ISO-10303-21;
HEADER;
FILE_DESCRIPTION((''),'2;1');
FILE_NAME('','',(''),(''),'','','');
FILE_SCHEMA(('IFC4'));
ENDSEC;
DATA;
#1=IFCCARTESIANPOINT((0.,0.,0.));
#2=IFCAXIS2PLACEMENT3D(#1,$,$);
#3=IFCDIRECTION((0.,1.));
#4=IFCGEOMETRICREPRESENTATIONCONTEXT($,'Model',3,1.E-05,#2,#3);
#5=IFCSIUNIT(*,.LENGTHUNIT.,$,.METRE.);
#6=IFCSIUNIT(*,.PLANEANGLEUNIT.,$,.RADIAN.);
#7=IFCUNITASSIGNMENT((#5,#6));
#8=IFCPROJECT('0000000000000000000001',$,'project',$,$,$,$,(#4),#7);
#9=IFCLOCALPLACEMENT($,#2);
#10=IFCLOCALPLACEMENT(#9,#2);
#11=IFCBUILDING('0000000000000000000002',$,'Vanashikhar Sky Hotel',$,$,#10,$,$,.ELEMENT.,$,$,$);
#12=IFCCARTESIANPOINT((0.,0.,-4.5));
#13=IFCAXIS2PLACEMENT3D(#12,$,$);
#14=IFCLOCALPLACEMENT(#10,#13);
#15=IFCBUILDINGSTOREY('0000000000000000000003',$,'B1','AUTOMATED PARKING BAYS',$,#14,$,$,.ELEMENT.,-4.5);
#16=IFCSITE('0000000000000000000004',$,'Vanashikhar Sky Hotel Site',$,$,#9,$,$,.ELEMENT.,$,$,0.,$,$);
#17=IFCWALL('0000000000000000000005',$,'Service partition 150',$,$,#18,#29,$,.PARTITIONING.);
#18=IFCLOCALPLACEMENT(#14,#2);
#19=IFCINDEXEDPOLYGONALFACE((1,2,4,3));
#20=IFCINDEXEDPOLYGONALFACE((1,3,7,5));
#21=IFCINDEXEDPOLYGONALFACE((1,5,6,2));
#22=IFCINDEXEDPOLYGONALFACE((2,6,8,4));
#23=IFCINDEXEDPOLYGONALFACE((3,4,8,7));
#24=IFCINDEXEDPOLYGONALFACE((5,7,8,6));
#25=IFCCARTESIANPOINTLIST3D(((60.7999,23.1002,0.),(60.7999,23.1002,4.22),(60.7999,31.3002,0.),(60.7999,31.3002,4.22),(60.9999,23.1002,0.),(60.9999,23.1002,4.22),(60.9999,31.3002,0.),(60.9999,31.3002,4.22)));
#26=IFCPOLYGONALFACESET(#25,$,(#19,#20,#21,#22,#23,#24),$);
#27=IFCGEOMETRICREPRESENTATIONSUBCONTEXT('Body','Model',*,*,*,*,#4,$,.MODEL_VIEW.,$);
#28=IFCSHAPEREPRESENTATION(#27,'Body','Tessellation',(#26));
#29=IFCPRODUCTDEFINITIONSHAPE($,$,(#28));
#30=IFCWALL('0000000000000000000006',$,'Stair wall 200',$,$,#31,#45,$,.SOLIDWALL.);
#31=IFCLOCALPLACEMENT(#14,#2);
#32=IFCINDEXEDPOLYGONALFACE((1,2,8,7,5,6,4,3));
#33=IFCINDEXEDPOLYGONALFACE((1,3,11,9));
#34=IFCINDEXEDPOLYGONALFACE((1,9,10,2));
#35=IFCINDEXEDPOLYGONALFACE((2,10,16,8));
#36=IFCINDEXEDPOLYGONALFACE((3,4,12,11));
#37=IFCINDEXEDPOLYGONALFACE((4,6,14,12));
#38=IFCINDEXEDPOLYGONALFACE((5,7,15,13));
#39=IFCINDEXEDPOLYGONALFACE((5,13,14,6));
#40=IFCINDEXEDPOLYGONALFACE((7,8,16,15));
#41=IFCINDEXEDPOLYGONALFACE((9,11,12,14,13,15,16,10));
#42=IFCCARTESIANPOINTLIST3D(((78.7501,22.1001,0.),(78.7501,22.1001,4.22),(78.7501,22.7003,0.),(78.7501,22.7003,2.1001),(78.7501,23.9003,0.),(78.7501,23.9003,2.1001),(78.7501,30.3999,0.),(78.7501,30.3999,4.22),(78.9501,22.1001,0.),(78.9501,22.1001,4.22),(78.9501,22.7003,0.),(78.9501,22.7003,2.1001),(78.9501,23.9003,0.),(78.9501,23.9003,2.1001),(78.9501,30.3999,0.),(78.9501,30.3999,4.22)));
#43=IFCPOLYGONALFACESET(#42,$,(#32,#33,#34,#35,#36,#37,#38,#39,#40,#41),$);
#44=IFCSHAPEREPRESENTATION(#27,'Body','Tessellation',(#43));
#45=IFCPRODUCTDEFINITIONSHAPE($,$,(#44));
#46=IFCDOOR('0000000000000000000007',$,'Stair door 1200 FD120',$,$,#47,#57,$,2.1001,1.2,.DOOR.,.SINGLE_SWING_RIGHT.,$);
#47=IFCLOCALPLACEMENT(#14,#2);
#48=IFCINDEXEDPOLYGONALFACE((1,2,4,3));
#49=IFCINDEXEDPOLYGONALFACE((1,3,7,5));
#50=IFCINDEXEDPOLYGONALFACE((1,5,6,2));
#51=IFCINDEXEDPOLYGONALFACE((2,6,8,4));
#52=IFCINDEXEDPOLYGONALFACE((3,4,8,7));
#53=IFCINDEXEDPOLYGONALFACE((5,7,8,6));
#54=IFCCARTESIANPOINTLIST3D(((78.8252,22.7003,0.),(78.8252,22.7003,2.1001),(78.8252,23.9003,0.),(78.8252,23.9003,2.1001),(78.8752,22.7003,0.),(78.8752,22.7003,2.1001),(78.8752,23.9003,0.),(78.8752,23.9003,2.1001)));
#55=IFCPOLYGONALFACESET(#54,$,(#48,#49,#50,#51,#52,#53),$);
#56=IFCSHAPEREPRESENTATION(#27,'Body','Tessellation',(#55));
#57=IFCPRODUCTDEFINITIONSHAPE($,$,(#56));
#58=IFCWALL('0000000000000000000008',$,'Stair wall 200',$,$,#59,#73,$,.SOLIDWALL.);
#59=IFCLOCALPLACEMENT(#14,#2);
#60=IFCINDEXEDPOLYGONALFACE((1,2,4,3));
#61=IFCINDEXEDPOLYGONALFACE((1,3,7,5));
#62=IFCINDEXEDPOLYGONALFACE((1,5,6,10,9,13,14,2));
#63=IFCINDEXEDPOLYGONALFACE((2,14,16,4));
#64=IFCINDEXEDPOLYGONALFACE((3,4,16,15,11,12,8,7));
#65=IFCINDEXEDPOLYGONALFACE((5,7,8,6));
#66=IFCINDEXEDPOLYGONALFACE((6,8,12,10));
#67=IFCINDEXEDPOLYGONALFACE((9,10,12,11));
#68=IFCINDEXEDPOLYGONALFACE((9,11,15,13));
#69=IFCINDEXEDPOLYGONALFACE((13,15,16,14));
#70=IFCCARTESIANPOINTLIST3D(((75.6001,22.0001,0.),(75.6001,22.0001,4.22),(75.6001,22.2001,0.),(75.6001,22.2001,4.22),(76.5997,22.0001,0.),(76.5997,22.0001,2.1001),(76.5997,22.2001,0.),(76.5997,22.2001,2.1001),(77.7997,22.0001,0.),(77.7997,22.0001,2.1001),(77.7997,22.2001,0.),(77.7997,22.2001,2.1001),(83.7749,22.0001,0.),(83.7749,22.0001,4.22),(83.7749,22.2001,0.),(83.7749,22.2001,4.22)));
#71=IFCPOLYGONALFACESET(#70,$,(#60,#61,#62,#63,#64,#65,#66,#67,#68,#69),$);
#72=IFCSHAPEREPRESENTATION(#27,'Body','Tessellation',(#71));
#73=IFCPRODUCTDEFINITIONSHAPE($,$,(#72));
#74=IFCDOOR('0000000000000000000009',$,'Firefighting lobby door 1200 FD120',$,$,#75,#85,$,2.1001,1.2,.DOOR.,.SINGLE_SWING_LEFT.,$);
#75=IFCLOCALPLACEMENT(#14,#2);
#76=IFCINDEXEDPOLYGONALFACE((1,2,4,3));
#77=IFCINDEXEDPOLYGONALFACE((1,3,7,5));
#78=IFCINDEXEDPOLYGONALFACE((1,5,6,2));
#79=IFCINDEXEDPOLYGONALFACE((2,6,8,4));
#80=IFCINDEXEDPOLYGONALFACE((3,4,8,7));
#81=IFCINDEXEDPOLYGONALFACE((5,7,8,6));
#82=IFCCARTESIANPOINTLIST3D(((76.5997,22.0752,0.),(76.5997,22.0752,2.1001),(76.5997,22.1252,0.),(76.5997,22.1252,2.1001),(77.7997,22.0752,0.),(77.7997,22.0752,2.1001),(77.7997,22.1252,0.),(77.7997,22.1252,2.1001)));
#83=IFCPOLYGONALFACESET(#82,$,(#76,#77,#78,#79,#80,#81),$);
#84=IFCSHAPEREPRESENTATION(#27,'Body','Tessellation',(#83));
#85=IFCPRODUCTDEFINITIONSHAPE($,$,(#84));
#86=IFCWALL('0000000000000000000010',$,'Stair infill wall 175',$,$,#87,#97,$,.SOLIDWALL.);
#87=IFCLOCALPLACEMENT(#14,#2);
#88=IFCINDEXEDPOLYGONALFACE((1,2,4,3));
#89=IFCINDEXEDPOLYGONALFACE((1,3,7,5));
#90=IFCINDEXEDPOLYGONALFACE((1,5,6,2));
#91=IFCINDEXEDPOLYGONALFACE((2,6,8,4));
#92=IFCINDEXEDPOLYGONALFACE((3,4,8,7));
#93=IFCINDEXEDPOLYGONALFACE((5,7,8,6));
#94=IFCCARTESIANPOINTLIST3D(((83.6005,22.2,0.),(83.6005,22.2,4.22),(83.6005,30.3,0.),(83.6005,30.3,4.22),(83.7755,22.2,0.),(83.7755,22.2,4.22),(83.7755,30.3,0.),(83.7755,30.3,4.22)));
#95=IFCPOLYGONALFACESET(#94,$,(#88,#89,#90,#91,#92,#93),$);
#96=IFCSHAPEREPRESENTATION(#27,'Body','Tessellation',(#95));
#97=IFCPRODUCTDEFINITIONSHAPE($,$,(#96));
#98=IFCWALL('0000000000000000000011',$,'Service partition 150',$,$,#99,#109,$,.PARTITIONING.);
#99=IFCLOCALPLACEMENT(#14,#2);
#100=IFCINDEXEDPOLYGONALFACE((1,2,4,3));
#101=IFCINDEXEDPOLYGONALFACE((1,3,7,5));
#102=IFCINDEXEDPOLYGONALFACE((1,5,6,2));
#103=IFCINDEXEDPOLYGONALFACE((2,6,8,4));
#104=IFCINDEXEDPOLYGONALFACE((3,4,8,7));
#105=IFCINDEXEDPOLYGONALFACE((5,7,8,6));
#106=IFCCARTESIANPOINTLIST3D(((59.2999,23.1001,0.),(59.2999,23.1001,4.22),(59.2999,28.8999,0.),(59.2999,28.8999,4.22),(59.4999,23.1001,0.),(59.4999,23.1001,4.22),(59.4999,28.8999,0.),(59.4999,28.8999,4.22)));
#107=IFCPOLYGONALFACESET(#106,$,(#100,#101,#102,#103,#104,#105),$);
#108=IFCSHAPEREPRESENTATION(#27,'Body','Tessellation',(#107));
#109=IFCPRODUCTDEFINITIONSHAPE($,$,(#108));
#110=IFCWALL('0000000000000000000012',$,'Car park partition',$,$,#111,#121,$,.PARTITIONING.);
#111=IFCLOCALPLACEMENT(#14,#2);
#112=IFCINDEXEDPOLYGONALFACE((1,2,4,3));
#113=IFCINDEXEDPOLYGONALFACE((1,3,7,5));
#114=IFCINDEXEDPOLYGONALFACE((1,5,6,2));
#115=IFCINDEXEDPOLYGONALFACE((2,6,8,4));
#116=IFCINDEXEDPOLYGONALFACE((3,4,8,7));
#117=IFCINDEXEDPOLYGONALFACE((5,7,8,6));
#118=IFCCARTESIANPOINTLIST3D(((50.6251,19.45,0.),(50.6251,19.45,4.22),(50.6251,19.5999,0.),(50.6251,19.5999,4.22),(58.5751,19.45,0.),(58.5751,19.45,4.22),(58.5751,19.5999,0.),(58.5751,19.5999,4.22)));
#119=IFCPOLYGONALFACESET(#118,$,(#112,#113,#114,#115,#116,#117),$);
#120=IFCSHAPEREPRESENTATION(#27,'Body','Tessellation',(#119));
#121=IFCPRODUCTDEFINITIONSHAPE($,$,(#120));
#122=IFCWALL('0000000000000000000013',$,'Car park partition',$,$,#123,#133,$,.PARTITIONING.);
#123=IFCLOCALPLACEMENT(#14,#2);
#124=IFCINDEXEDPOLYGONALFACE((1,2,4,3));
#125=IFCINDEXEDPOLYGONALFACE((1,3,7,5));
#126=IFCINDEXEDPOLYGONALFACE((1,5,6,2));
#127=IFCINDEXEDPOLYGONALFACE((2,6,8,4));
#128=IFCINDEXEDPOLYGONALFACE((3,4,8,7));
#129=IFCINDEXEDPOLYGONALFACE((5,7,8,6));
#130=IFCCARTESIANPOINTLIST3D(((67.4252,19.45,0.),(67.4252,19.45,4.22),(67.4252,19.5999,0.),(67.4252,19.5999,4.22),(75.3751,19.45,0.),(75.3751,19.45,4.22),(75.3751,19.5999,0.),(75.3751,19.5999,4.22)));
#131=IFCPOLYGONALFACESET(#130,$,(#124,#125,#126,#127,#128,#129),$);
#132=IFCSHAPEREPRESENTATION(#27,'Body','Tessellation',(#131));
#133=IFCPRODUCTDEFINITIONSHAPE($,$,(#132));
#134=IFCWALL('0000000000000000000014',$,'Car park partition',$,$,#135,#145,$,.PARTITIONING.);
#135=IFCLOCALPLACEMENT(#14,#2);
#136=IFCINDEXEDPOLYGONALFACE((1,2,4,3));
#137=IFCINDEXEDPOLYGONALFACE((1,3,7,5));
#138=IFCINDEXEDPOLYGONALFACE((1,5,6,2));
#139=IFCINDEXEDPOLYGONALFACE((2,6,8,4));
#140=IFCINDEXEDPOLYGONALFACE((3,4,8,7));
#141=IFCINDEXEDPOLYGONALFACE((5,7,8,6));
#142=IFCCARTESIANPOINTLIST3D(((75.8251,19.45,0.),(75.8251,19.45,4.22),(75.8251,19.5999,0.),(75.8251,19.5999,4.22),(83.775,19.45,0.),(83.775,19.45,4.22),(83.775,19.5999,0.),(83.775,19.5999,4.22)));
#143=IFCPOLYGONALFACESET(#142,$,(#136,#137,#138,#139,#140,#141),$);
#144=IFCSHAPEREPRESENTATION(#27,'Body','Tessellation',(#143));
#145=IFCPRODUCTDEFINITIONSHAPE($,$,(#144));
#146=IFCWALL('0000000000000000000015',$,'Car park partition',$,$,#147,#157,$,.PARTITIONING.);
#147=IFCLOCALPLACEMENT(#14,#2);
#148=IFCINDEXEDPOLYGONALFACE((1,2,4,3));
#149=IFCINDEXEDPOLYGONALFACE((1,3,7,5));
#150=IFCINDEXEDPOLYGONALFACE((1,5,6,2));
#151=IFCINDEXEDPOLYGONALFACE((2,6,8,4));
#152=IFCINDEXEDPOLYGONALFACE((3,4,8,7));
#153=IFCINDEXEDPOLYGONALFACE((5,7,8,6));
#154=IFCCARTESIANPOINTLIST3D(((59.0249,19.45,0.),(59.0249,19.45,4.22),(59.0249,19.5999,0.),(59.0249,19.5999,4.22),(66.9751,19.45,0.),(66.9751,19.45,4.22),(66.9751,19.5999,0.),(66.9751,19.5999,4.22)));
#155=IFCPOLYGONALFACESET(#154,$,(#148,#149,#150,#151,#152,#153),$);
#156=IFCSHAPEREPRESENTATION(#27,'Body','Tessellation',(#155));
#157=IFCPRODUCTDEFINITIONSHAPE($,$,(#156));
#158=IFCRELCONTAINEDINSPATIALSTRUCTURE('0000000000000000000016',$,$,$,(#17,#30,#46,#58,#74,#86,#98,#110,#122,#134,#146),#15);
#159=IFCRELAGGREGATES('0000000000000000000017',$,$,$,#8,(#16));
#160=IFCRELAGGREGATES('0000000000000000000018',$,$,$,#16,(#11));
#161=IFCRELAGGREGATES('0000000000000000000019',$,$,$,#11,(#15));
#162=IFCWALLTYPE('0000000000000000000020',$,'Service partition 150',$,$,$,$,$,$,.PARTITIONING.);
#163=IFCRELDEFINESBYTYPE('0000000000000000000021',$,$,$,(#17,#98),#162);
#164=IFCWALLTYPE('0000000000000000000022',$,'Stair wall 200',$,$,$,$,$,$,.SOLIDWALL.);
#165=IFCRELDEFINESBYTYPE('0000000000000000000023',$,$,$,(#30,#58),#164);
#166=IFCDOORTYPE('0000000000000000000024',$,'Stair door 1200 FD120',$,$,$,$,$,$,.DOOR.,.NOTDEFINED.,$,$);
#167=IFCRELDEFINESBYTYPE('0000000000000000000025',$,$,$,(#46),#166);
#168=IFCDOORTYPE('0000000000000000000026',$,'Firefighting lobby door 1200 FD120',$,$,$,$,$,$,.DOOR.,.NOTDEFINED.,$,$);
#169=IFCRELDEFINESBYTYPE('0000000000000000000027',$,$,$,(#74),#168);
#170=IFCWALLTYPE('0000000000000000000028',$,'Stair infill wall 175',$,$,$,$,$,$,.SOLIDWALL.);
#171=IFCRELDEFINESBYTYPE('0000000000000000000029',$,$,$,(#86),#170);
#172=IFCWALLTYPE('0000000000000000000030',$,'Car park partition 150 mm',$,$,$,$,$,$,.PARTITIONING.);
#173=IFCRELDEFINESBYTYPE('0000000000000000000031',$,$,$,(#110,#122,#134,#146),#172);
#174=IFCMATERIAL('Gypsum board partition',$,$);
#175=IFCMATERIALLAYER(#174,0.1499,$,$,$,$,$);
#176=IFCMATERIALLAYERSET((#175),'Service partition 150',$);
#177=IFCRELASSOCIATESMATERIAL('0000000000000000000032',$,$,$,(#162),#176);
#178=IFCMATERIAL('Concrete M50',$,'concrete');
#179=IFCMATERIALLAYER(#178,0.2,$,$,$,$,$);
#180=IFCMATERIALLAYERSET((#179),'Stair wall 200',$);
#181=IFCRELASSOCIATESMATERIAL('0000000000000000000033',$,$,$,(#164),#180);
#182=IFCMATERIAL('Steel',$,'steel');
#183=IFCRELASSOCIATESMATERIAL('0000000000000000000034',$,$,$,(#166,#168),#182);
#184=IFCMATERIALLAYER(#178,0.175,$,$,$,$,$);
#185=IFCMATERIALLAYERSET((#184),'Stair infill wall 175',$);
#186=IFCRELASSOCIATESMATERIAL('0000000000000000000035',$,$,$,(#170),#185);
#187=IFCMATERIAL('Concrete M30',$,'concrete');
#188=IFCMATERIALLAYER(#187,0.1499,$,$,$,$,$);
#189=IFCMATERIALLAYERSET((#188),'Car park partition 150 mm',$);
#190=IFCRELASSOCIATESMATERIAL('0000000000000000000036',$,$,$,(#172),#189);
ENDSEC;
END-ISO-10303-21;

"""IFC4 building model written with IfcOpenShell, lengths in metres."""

from ifc_helpers import new_model, si_unit, direction, frame, frame_2d, origin, place, context, subcontext, project, spatial, rectangle, extrude, source, transform, mapped, material, layer, layer_set, type_object, element, fill, save


model = new_model("IFC4")

# Units and contexts
model_context = context("Model", 3, precision=1e-05, world=origin(), true_north=direction((0.0, 1.0)))
body_context = subcontext(model_context, "Body", "Model", "MODEL_VIEW")
ifc_project = project(units=[si_unit("LENGTHUNIT", "METRE"), si_unit("PLANEANGLEUNIT", "RADIAN")], contexts=[model_context])

# Site, building, storey
site_placement = place(None, origin())
site = spatial("IfcSite", under=ifc_project, at=site_placement, Name="Vanashikhar Sky Hotel Site", CompositionType="ELEMENT", RefElevation=0.0)
building_placement = place(site_placement, origin())
building = spatial("IfcBuilding", under=site, at=building_placement, Name="Vanashikhar Sky Hotel", CompositionType="ELEMENT")
storey_placement = place(building_placement, frame((0.0, 0.0, -4.5)))
storey = spatial("IfcBuildingStorey", under=building, at=storey_placement, Name="B1", Description="AUTOMATED PARKING BAYS", CompositionType="ELEMENT", Elevation=-4.5)

# Shared definitions
ifc_material_1 = material(Name="Concrete M50", Category="concrete")

# Shared definitions
ifc_material_2 = material(Name="Steel", Category="steel")

# Wall
ifc_material_3 = material(Name="Gypsum board partition")
ifc_layer_1 = layer(ifc_material_3, 0.1499)
ifc_layer_set_1 = layer_set([ifc_layer_1], Name="Service partition 150")
wall_type_1 = type_object("IfcWallType", Name="Service partition 150", PredefinedType="PARTITIONING", material=ifc_layer_set_1)
shared_shape_1 = source(origin(), body_context, "Body", "SweptSolid", [
    extrude(rectangle(XDim=8.2, YDim=0.2, at=frame_2d((4.1001, 0.0))), origin(), (0.0, 0.0, 1.0), 4.22),
])
for number, where, z_axis, x_axis, name in (
    (1, (60.8999, 23.1001, 0.0), (0.0, 0.0, 1.0), (0.0, 1.0, 0.0), "Service partition 150"),
):
    element("IfcWall", number, at=place(storey_placement, frame(where, z_axis=z_axis, x_axis=x_axis)), inside=storey, type_object=wall_type_1, Name=name, PredefinedType="PARTITIONING", context=body_context, shape_type="MappedRepresentation", body=[
        mapped(shared_shape_1, transform((0.0, 0.0, 0.0), scale=1.0)),
    ])

# Walls, openings, doors
ifc_layer_2 = layer(ifc_material_1, 0.2)
ifc_layer_set_2 = layer_set([ifc_layer_2], Name="Stair wall 200")
wall_type_2 = type_object("IfcWallType", Name="Stair wall 200", PredefinedType="SOLIDWALL", material=ifc_layer_set_2)
shared_shape_2 = source(origin(), body_context, "Body", "SweptSolid", [
    extrude(rectangle(XDim=8.2998, YDim=0.2, at=frame_2d((4.1499, 0.0))), origin(), (0.0, 0.0, 1.0), 4.22),
])
wall_1_placement = place(storey_placement, frame((78.8501, 22.1001, 0.0), z_axis=(0.0, 0.0, 1.0), x_axis=(0.0, 1.0, 0.0)))
wall_1 = element("IfcWall", 2, at=wall_1_placement, inside=storey, type_object=wall_type_2, Name="Stair wall 200", PredefinedType="SOLIDWALL", context=body_context, shape_type="MappedRepresentation", body=[
    mapped(shared_shape_2, transform((0.0, 0.0, 0.0), scale=1.0)),
])
shared_shape_3 = source(origin(), body_context, "Body", "SweptSolid", [
    extrude(rectangle(XDim=1.2, YDim=2.1001, at=frame_2d((0.6001, 1.05))), frame((0.0, 0.1099, 0.0), z_axis=(0.0, -1.0, 0.0), x_axis=(1.0, 0.0, 0.0)), (0.0, 0.0, 1.0), 0.22),
])
opening_1_placement = place(wall_1_placement, frame((0.6001, 0.0, 0.0)))
opening_1 = element("IfcOpeningElement", 3, at=opening_1_placement, cuts=wall_1, PredefinedType="OPENING", context=body_context, shape_type="MappedRepresentation", body=[
    mapped(shared_shape_3, transform((0.0, 0.0, 0.0), scale=1.0)),
])
door_type_1 = type_object("IfcDoorType", Name="Stair door 1200 FD120", OperationType="NOTDEFINED", PredefinedType="DOOR", material=ifc_material_2)
shared_shape_4 = source(origin(), body_context, "Body", "SweptSolid", [
    extrude(rectangle(XDim=1.2, YDim=2.1001, at=frame_2d((0.6001, 1.05))), frame((0.0, 0.0249, 0.0), z_axis=(0.0, -1.0, 0.0), x_axis=(1.0, 0.0, 0.0)), (0.0, 0.0, 1.0), 0.05),
])
door_1_placement = place(opening_1_placement, origin())
door_1 = element("IfcDoor", 4, at=door_1_placement, inside=storey, type_object=door_type_1, Name="Stair door 1200 FD120", OperationType="SINGLE_SWING_RIGHT", OverallHeight=2.1001, OverallWidth=1.2, PredefinedType="DOOR", context=body_context, shape_type="MappedRepresentation", body=[
    mapped(shared_shape_4, transform((0.0, 0.0, 0.0), scale=1.0)),
])
fill(opening_1, door_1)
shared_shape_5 = source(origin(), body_context, "Body", "SweptSolid", [
    extrude(rectangle(XDim=8.1748, YDim=0.2, at=frame_2d((4.0874, 0.0))), origin(), (0.0, 0.0, 1.0), 4.22),
])
wall_2_placement = place(storey_placement, frame((83.7749, 22.1001, 0.0), z_axis=(0.0, 0.0, 1.0), x_axis=(-1.0, 0.0, 0.0)))
wall_2 = element("IfcWall", 5, at=wall_2_placement, inside=storey, type_object=wall_type_2, Name="Stair wall 200", PredefinedType="SOLIDWALL", context=body_context, shape_type="MappedRepresentation", body=[
    mapped(shared_shape_5, transform((0.0, 0.0, 0.0), scale=1.0)),
])
opening_2_placement = place(wall_2_placement, frame((5.9751, 0.0, 0.0)))
opening_2 = element("IfcOpeningElement", 6, at=opening_2_placement, cuts=wall_2, PredefinedType="OPENING", context=body_context, shape_type="MappedRepresentation", body=[
    mapped(shared_shape_3, transform((0.0, 0.0, 0.0), scale=1.0)),
])
door_type_2 = type_object("IfcDoorType", Name="Firefighting lobby door 1200 FD120", OperationType="NOTDEFINED", PredefinedType="DOOR", material=ifc_material_2)
door_2_placement = place(opening_2_placement, origin())
door_2 = element("IfcDoor", 7, at=door_2_placement, inside=storey, type_object=door_type_2, Name="Firefighting lobby door 1200 FD120", OperationType="SINGLE_SWING_LEFT", OverallHeight=2.1001, OverallWidth=1.2, PredefinedType="DOOR", context=body_context, shape_type="MappedRepresentation", body=[
    mapped(shared_shape_4, transform((0.0, 0.0, 0.0), scale=1.0)),
])
fill(opening_2, door_2)

# Walls
ifc_layer_3 = layer(ifc_material_1, 0.175)
ifc_layer_set_3 = layer_set([ifc_layer_3], Name="Stair infill wall 175")
wall_type_3 = type_object("IfcWallType", Name="Stair infill wall 175", PredefinedType="SOLIDWALL", material=ifc_layer_set_3)
shared_shape_6 = source(origin(), body_context, "Body", "SweptSolid", [
    extrude(rectangle(XDim=8.1001, YDim=0.175, at=frame_2d((4.05, 0.0))), origin(), (0.0, 0.0, 1.0), 4.22),
])
wall_3_placement = place(storey_placement, frame((83.688, 22.2, 0.0), z_axis=(0.0, 0.0, 1.0), x_axis=(0.0, 1.0, 0.0)))
element("IfcWall", 8, at=wall_3_placement, inside=storey, type_object=wall_type_3, Name="Stair infill wall 175", PredefinedType="SOLIDWALL", context=body_context, shape_type="MappedRepresentation", body=[
    mapped(shared_shape_6, transform((0.0, 0.0, 0.0), scale=1.0)),
])
shared_shape_7 = source(origin(), body_context, "Body", "SweptSolid", [
    extrude(rectangle(XDim=5.7998, YDim=0.2, at=frame_2d((2.8999, 0.0))), origin(), (0.0, 0.0, 1.0), 4.22),
])
wall_4_placement = place(storey_placement, frame((59.3999, 23.1001, 0.0), z_axis=(0.0, 0.0, 1.0), x_axis=(0.0, 1.0, 0.0)))
element("IfcWall", 9, at=wall_4_placement, inside=storey, type_object=wall_type_1, Name="Service partition 150", PredefinedType="PARTITIONING", context=body_context, shape_type="MappedRepresentation", body=[
    mapped(shared_shape_7, transform((0.0, 0.0, 0.0), scale=1.0)),
])
ifc_material_4 = material(Name="Concrete M30", Category="concrete")
ifc_layer_4 = layer(ifc_material_4, 0.1499)
ifc_layer_set_4 = layer_set([ifc_layer_4], Name="Car park partition 150 mm")
wall_type_4 = type_object("IfcWallType", Name="Car park partition 150 mm", PredefinedType="PARTITIONING", material=ifc_layer_set_4)
shared_shape_8 = source(origin(), body_context, "Body", "SweptSolid", [
    extrude(rectangle(XDim=7.95, YDim=0.1499, at=frame_2d((3.9751, 0.0))), origin(), (0.0, 0.0, 1.0), 4.22),
])
for number, where, z_axis, x_axis, name in (
    (10, (50.625, 19.5249, 0.0), (0.0, 0.0, 1.0), (1.0, 0.0, 0.0), "Car park partition"),
    (11, (67.425, 19.5249, 0.0), (0.0, 0.0, 1.0), (1.0, 0.0, 0.0), "Car park partition"),
    (12, (75.825, 19.5249, 0.0), (0.0, 0.0, 1.0), (1.0, 0.0, 0.0), "Car park partition"),
):
    element("IfcWall", number, at=place(storey_placement, frame(where, z_axis=z_axis, x_axis=x_axis)), inside=storey, type_object=wall_type_4, Name=name, PredefinedType="PARTITIONING", context=body_context, shape_type="MappedRepresentation", body=[
        mapped(shared_shape_8, transform((0.0, 0.0, 0.0), scale=1.0)),
    ])
shared_shape_9 = source(origin(), body_context, "Body", "SweptSolid", [
    extrude(rectangle(XDim=7.9502, YDim=0.1499, at=frame_2d((3.9751, 0.0))), origin(), (0.0, 0.0, 1.0), 4.22),
])
wall_5_placement = place(storey_placement, frame((59.0249, 19.5249, 0.0), z_axis=(0.0, 0.0, 1.0), x_axis=(1.0, 0.0, 0.0)))
element("IfcWall", 13, at=wall_5_placement, inside=storey, type_object=wall_type_4, Name="Car park partition", PredefinedType="PARTITIONING", context=body_context, shape_type="MappedRepresentation", body=[
    mapped(shared_shape_9, transform((0.0, 0.0, 0.0), scale=1.0)),
])

save(model, "model.ifc")
